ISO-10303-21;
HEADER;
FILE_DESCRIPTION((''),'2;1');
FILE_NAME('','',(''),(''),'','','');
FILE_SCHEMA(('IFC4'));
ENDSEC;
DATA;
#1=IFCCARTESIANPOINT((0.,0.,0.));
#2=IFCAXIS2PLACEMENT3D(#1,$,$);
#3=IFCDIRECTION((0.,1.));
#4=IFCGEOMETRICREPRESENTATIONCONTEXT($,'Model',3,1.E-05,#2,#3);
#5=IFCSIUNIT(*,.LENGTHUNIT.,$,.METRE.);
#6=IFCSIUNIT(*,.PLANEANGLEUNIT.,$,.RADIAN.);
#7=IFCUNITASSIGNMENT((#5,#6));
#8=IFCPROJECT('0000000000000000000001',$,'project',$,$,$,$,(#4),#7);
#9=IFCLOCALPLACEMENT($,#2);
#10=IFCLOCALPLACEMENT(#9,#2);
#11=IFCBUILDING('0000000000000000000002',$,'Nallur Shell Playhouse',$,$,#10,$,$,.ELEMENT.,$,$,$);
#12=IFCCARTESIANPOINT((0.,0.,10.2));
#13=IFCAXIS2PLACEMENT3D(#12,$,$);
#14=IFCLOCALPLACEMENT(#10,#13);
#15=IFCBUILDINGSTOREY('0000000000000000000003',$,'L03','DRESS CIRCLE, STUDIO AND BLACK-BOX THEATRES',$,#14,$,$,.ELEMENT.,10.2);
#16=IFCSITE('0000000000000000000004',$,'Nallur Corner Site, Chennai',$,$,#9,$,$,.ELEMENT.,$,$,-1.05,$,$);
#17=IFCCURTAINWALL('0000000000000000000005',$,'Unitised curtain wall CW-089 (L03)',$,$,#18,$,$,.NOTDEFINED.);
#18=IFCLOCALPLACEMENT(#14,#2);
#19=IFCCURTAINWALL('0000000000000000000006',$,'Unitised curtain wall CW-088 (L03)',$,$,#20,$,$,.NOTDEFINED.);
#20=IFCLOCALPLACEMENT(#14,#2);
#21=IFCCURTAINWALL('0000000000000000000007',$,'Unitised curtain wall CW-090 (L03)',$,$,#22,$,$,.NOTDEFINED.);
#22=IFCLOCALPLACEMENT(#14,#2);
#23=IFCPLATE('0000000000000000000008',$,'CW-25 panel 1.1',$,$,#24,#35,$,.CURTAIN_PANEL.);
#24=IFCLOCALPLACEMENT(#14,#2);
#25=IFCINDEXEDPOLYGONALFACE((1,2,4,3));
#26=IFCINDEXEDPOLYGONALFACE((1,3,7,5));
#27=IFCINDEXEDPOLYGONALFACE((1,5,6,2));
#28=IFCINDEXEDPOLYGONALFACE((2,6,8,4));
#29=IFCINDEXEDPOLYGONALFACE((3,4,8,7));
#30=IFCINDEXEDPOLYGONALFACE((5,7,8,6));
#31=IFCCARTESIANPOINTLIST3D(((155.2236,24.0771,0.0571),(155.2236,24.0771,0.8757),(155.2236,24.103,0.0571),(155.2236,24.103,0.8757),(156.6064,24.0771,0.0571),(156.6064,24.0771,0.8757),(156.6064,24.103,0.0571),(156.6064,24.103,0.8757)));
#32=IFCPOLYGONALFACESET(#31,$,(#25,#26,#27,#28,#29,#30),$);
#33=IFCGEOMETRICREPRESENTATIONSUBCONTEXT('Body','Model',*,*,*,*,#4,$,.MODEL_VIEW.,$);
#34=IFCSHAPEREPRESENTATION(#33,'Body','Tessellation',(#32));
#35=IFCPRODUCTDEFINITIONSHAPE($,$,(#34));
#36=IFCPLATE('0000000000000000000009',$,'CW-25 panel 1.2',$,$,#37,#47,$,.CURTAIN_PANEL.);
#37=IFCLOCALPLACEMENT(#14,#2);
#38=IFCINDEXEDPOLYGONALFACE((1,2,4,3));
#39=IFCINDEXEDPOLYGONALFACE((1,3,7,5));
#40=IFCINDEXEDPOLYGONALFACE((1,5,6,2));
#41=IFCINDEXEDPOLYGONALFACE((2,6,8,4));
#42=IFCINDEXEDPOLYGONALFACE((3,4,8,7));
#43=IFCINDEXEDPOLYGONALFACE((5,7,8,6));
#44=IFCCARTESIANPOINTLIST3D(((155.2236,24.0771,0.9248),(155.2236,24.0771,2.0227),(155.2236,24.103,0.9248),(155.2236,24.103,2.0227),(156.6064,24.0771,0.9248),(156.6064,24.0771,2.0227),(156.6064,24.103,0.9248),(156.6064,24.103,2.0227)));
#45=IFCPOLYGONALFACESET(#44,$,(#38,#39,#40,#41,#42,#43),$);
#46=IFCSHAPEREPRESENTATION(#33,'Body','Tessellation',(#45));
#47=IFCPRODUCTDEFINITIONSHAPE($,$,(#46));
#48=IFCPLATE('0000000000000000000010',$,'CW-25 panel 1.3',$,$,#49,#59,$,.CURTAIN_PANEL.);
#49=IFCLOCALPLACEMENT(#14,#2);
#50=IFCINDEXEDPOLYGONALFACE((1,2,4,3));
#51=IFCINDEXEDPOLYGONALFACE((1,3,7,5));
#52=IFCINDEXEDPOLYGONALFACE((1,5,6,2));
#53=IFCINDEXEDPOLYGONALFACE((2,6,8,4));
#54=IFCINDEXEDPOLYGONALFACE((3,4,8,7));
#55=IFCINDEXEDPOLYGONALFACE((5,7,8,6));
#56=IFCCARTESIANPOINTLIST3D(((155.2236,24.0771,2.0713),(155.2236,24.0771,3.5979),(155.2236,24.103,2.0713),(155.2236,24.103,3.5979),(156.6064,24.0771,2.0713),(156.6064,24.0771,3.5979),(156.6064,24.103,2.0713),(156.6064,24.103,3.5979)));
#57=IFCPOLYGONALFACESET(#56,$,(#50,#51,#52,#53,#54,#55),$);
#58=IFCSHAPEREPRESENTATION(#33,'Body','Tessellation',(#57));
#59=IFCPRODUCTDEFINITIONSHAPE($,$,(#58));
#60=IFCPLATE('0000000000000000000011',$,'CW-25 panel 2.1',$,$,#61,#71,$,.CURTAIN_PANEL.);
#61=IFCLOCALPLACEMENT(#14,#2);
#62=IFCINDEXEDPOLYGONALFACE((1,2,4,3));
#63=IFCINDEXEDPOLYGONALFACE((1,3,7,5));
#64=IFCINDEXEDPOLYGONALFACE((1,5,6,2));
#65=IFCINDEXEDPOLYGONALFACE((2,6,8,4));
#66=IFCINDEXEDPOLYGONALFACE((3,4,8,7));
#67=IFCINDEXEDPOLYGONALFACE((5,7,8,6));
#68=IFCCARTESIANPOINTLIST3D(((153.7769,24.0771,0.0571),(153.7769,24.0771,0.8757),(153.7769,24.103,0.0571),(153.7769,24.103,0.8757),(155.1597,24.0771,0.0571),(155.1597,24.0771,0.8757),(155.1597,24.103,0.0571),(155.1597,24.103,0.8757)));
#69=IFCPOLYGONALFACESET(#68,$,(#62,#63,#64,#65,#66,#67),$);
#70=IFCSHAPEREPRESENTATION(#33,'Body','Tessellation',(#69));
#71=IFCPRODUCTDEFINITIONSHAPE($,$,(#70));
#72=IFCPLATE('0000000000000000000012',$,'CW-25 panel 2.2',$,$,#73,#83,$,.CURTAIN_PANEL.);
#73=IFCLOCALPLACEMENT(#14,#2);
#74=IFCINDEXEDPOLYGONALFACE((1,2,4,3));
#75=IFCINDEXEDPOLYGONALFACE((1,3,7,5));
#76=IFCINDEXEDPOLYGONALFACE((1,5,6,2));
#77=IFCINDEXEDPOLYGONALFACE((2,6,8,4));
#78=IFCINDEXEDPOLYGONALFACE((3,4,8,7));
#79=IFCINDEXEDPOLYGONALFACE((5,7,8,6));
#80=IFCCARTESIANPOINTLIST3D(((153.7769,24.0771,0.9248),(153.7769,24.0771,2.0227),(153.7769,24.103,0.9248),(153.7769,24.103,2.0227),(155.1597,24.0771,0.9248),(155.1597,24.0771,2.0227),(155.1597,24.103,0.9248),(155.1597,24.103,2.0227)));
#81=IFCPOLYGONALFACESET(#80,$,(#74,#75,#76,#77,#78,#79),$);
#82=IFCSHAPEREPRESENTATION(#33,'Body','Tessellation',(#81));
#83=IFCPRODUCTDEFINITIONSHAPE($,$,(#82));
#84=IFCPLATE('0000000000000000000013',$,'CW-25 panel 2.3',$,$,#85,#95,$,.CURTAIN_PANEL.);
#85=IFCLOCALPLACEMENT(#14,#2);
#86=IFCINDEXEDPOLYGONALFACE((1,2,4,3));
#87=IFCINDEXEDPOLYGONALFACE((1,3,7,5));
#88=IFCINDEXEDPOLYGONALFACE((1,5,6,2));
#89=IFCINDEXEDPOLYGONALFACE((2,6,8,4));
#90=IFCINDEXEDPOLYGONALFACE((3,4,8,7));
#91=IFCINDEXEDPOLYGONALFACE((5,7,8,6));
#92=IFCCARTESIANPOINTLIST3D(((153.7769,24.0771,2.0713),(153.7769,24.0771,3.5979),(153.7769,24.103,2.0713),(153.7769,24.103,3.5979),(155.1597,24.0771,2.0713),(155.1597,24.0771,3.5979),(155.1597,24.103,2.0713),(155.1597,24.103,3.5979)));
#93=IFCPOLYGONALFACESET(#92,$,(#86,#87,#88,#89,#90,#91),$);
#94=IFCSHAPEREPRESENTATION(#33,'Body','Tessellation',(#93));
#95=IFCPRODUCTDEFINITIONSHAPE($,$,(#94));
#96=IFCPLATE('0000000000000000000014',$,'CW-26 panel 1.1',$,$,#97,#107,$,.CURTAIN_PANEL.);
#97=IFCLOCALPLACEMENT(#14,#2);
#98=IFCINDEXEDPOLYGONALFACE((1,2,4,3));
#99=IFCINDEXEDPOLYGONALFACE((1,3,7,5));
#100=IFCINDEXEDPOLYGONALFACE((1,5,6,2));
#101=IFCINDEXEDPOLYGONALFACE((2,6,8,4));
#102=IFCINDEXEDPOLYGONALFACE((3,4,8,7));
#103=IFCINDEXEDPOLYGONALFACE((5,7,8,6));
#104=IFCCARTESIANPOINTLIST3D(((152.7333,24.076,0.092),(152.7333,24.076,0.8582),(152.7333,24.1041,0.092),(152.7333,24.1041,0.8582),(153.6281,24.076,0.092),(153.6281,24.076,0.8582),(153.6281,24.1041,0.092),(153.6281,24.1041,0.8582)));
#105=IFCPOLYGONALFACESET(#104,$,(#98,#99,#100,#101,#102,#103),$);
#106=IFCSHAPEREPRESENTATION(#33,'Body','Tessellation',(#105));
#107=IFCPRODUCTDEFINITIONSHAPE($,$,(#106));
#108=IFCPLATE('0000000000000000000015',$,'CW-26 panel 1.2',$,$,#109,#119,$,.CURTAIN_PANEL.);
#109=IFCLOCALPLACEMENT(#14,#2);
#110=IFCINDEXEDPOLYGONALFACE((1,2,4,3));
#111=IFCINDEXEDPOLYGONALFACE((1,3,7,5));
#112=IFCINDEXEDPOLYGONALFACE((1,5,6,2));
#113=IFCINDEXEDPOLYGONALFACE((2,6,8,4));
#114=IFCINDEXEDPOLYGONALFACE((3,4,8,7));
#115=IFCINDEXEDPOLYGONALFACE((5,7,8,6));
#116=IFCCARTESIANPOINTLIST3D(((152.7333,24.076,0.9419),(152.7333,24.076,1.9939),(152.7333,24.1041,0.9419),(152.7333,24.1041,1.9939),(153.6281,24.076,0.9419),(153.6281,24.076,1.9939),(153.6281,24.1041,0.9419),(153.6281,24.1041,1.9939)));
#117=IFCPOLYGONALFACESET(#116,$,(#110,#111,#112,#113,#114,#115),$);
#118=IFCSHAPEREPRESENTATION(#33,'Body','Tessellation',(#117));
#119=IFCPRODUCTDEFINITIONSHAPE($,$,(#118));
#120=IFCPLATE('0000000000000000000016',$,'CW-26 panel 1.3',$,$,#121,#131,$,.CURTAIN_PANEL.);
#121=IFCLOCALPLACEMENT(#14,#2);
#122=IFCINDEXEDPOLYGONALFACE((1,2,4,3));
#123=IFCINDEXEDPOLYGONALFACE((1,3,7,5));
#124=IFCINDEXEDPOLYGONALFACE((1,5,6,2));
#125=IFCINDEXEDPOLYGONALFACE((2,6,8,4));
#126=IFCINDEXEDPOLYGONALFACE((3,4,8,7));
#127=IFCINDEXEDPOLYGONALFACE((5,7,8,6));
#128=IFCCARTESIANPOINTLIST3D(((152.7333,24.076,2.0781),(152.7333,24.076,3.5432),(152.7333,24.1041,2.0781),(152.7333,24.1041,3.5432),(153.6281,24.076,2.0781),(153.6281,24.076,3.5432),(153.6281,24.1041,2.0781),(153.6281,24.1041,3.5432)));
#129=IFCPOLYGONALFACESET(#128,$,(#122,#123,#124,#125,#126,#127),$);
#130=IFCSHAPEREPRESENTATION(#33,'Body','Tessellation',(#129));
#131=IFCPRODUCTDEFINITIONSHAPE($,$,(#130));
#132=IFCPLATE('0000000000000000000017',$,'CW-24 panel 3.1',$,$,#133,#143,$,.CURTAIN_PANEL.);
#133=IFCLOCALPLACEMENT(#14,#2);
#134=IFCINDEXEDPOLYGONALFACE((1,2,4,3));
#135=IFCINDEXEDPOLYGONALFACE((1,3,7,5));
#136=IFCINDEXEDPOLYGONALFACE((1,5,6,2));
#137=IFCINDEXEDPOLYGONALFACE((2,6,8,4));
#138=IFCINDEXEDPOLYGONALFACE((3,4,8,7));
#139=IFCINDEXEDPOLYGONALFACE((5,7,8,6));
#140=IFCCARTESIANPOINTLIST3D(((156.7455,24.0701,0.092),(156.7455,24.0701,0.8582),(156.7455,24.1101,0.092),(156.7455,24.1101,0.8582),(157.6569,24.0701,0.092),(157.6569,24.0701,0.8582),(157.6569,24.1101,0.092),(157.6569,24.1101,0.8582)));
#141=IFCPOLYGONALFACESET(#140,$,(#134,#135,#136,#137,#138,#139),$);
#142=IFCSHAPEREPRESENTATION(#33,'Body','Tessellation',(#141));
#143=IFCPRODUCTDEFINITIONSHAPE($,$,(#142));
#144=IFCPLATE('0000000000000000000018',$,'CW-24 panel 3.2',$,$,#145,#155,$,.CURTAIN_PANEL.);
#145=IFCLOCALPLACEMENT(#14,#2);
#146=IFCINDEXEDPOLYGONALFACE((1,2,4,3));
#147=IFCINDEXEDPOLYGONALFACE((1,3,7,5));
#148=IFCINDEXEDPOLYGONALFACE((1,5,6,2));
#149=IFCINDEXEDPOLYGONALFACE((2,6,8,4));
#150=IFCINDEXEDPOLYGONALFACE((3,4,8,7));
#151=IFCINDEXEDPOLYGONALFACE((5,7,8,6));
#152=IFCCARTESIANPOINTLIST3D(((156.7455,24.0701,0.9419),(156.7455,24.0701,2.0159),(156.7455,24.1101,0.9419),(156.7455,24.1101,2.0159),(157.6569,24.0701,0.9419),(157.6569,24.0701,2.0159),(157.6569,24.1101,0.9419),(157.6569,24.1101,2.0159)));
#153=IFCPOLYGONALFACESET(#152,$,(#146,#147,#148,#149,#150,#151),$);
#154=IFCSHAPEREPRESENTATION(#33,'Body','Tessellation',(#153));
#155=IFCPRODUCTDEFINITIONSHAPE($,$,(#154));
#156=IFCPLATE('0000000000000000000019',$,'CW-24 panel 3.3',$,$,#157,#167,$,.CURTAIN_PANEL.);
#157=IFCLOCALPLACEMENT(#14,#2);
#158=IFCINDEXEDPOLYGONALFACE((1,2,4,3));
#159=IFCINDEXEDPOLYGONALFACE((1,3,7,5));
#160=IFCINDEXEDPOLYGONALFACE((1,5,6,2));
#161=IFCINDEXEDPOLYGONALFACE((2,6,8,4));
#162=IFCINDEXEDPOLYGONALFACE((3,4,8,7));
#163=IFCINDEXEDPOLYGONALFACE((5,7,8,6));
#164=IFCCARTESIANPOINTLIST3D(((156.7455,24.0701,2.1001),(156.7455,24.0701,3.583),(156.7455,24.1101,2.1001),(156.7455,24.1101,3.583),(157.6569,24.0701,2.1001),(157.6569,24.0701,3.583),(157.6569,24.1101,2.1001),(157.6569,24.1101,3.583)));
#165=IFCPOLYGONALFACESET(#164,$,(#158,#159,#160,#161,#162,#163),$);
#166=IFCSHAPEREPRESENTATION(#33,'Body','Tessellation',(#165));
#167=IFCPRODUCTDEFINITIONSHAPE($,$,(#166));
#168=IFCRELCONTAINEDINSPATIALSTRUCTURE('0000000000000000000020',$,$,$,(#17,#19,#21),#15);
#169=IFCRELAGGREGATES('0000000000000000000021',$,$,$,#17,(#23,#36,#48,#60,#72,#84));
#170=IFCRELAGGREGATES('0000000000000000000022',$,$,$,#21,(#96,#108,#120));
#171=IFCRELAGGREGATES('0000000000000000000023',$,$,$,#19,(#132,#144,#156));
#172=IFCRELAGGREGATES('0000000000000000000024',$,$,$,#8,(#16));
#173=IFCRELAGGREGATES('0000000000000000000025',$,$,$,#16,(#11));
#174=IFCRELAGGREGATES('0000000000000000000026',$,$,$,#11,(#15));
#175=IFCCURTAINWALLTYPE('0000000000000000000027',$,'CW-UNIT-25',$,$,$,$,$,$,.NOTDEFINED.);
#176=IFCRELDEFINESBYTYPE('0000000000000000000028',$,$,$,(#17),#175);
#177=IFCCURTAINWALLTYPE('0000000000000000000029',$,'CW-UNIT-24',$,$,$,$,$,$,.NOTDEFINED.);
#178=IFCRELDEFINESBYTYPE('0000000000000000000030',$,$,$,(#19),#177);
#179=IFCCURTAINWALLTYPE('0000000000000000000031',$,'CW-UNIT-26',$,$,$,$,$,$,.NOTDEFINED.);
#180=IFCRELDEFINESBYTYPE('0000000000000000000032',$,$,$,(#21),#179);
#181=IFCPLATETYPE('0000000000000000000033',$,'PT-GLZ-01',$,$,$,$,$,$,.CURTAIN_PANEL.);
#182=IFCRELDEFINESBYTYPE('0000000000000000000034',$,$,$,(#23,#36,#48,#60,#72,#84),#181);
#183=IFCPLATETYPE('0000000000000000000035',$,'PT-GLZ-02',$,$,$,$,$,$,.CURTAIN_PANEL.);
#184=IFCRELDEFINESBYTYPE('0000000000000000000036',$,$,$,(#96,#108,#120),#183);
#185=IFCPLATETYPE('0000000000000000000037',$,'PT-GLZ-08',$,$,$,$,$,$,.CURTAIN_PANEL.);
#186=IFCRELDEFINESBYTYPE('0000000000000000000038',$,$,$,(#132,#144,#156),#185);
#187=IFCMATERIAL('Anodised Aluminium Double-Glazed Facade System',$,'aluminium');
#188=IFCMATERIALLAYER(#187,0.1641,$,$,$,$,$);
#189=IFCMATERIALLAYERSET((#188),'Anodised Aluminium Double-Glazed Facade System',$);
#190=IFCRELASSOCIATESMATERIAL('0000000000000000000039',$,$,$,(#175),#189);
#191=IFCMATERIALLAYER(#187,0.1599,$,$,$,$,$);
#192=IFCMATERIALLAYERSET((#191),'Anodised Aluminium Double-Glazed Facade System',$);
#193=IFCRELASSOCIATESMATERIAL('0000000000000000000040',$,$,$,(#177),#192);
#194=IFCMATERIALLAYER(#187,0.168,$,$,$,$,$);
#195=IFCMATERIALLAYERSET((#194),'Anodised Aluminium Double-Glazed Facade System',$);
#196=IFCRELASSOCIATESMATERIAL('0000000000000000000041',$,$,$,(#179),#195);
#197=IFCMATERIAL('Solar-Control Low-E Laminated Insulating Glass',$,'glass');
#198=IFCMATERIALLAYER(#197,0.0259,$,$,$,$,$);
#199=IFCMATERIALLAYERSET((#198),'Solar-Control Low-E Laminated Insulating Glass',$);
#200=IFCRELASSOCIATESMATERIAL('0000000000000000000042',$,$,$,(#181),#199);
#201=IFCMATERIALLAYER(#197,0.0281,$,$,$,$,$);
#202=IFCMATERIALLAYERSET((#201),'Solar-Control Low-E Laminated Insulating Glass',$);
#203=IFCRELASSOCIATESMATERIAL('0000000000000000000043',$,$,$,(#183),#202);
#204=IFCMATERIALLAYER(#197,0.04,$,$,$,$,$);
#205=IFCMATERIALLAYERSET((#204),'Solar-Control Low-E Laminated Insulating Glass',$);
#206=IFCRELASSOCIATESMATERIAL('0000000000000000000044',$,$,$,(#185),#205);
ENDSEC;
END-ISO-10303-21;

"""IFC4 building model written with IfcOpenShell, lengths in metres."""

from ifc_helpers import new_model, si_unit, direction, frame, origin, origin_2d, place, context, subcontext, project, spatial, rectangle, extrude, material, layer, layer_set, type_object, element, aggregate, save


model = new_model("IFC4")

# Units and contexts
model_context = context("Model", 3, precision=1e-05, world=origin(), true_north=direction((0.0, 1.0)))
body_context = subcontext(model_context, "Body", "Model", "MODEL_VIEW")
ifc_project = project(units=[si_unit("LENGTHUNIT", "METRE"), si_unit("PLANEANGLEUNIT", "RADIAN")], contexts=[model_context])

# Site, building, storey
site_placement = place(None, origin())
site = spatial("IfcSite", under=ifc_project, at=site_placement, Name="Nallur Corner Site, Chennai", CompositionType="ELEMENT", RefElevation=-1.05)
building_placement = place(site_placement, origin())
building = spatial("IfcBuilding", under=site, at=building_placement, Name="Nallur Shell Playhouse", CompositionType="ELEMENT")
storey_placement = place(building_placement, frame((0.0, 0.0, 10.2)))
storey = spatial("IfcBuildingStorey", under=building, at=storey_placement, Name="L03", Description="DRESS CIRCLE, STUDIO AND BLACK-BOX THEATRES", CompositionType="ELEMENT", Elevation=10.2)

# Curtain wall
ifc_material_1 = material(Name="Anodised Aluminium Double-Glazed Facade System", Category="aluminium")
ifc_layer_1 = layer(ifc_material_1, 0.1641)
ifc_layer_set_1 = layer_set([ifc_layer_1], Name="Anodised Aluminium Double-Glazed Facade System")
curtain_wall_type_1 = type_object("IfcCurtainWallType", Name="CW-UNIT-25", PredefinedType="NOTDEFINED", material=ifc_layer_set_1)
curtain_wall_1_placement = place(storey_placement, origin())
curtain_wall_1 = element("IfcCurtainWall", 1, at=curtain_wall_1_placement, inside=storey, type_object=curtain_wall_type_1, Name="Unitised curtain wall CW-089 (L03)", PredefinedType="NOTDEFINED")

# Curtain wall
ifc_layer_2 = layer(ifc_material_1, 0.1599)
ifc_layer_set_2 = layer_set([ifc_layer_2], Name="Anodised Aluminium Double-Glazed Facade System")
curtain_wall_type_2 = type_object("IfcCurtainWallType", Name="CW-UNIT-24", PredefinedType="NOTDEFINED", material=ifc_layer_set_2)
curtain_wall_2_placement = place(storey_placement, origin())
curtain_wall_2 = element("IfcCurtainWall", 2, at=curtain_wall_2_placement, inside=storey, type_object=curtain_wall_type_2, Name="Unitised curtain wall CW-088 (L03)", PredefinedType="NOTDEFINED")

# Curtain wall
ifc_layer_3 = layer(ifc_material_1, 0.168)
ifc_layer_set_3 = layer_set([ifc_layer_3], Name="Anodised Aluminium Double-Glazed Facade System")
curtain_wall_type_3 = type_object("IfcCurtainWallType", Name="CW-UNIT-26", PredefinedType="NOTDEFINED", material=ifc_layer_set_3)
curtain_wall_3_placement = place(storey_placement, origin())
curtain_wall_3 = element("IfcCurtainWall", 3, at=curtain_wall_3_placement, inside=storey, type_object=curtain_wall_type_3, Name="Unitised curtain wall CW-090 (L03)", PredefinedType="NOTDEFINED")

# Plates
ifc_material_2 = material(Name="Solar-Control Low-E Laminated Insulating Glass", Category="glass")
ifc_layer_4 = layer(ifc_material_2, 0.0259)
ifc_layer_set_4 = layer_set([ifc_layer_4], Name="Solar-Control Low-E Laminated Insulating Glass")
plate_type_1 = type_object("IfcPlateType", Name="PT-GLZ-01", PredefinedType="CURTAIN_PANEL", material=ifc_layer_set_4)
plate_1_placement = place(storey_placement, frame((155.915, 24.0901, 0.0571), z_axis=(0.0, 0.0, 1.0), x_axis=(-1.0, 0.0, 0.0)))
plate_1 = element("IfcPlate", 4, at=plate_1_placement, type_object=plate_type_1, Name="CW-25 panel 1.1", PredefinedType="CURTAIN_PANEL", context=body_context, shape_type="SweptSolid", body=[
    extrude(rectangle(XDim=1.3828, YDim=0.0259, at=origin_2d()), origin(), (0.0, 0.0, 1.0), 0.8186),
])
plate_2_placement = place(storey_placement, frame((155.915, 24.0901, 0.9248), z_axis=(0.0, 0.0, 1.0), x_axis=(-1.0, 0.0, 0.0)))
plate_2 = element("IfcPlate", 5, at=plate_2_placement, type_object=plate_type_1, Name="CW-25 panel 1.2", PredefinedType="CURTAIN_PANEL", context=body_context, shape_type="SweptSolid", body=[
    extrude(rectangle(XDim=1.3828, YDim=0.0259, at=origin_2d()), origin(), (0.0, 0.0, 1.0), 1.0979),
])
plate_3_placement = place(storey_placement, frame((155.915, 24.0901, 2.0713), z_axis=(0.0, 0.0, 1.0), x_axis=(-1.0, 0.0, 0.0)))
plate_3 = element("IfcPlate", 6, at=plate_3_placement, type_object=plate_type_1, Name="CW-25 panel 1.3", PredefinedType="CURTAIN_PANEL", context=body_context, shape_type="SweptSolid", body=[
    extrude(rectangle(XDim=1.3828, YDim=0.0259, at=origin_2d()), origin(), (0.0, 0.0, 1.0), 1.5266),
])
plate_4_placement = place(storey_placement, frame((154.4683, 24.0901, 0.0571), z_axis=(0.0, 0.0, 1.0), x_axis=(-1.0, 0.0, 0.0)))
plate_4 = element("IfcPlate", 7, at=plate_4_placement, type_object=plate_type_1, Name="CW-25 panel 2.1", PredefinedType="CURTAIN_PANEL", context=body_context, shape_type="SweptSolid", body=[
    extrude(rectangle(XDim=1.3828, YDim=0.0259, at=origin_2d()), origin(), (0.0, 0.0, 1.0), 0.8186),
])
plate_5_placement = place(storey_placement, frame((154.4683, 24.0901, 0.9248), z_axis=(0.0, 0.0, 1.0), x_axis=(-1.0, 0.0, 0.0)))
plate_5 = element("IfcPlate", 8, at=plate_5_placement, type_object=plate_type_1, Name="CW-25 panel 2.2", PredefinedType="CURTAIN_PANEL", context=body_context, shape_type="SweptSolid", body=[
    extrude(rectangle(XDim=1.3828, YDim=0.0259, at=origin_2d()), origin(), (0.0, 0.0, 1.0), 1.0979),
])
plate_6_placement = place(storey_placement, frame((154.4683, 24.0901, 2.0713), z_axis=(0.0, 0.0, 1.0), x_axis=(-1.0, 0.0, 0.0)))
plate_6 = element("IfcPlate", 9, at=plate_6_placement, type_object=plate_type_1, Name="CW-25 panel 2.3", PredefinedType="CURTAIN_PANEL", context=body_context, shape_type="SweptSolid", body=[
    extrude(rectangle(XDim=1.3828, YDim=0.0259, at=origin_2d()), origin(), (0.0, 0.0, 1.0), 1.5266),
])
aggregate(curtain_wall_1, [plate_1, plate_2, plate_3, plate_4, plate_5, plate_6])
ifc_layer_5 = layer(ifc_material_2, 0.0281)
ifc_layer_set_5 = layer_set([ifc_layer_5], Name="Solar-Control Low-E Laminated Insulating Glass")
plate_type_2 = type_object("IfcPlateType", Name="PT-GLZ-02", PredefinedType="CURTAIN_PANEL", material=ifc_layer_set_5)
plate_7_placement = place(storey_placement, frame((153.1807, 24.0901, 0.092), z_axis=(0.0, 0.0, 1.0), x_axis=(-1.0, 0.0, 0.0)))
plate_7 = element("IfcPlate", 10, at=plate_7_placement, type_object=plate_type_2, Name="CW-26 panel 1.1", PredefinedType="CURTAIN_PANEL", context=body_context, shape_type="SweptSolid", body=[
    extrude(rectangle(XDim=0.8948, YDim=0.0281, at=origin_2d()), origin(), (0.0, 0.0, 1.0), 0.7661),
])
plate_8_placement = place(storey_placement, frame((153.1807, 24.0901, 0.9419), z_axis=(0.0, 0.0, 1.0), x_axis=(-1.0, 0.0, 0.0)))
plate_8 = element("IfcPlate", 11, at=plate_8_placement, type_object=plate_type_2, Name="CW-26 panel 1.2", PredefinedType="CURTAIN_PANEL", context=body_context, shape_type="SweptSolid", body=[
    extrude(rectangle(XDim=0.8948, YDim=0.0281, at=origin_2d()), origin(), (0.0, 0.0, 1.0), 1.052),
])
plate_9_placement = place(storey_placement, frame((153.1807, 24.0901, 2.0781), z_axis=(0.0, 0.0, 1.0), x_axis=(-1.0, 0.0, 0.0)))
plate_9 = element("IfcPlate", 12, at=plate_9_placement, type_object=plate_type_2, Name="CW-26 panel 1.3", PredefinedType="CURTAIN_PANEL", context=body_context, shape_type="SweptSolid", body=[
    extrude(rectangle(XDim=0.8948, YDim=0.0281, at=origin_2d()), origin(), (0.0, 0.0, 1.0), 1.4651),
])
aggregate(curtain_wall_3, [plate_7, plate_8, plate_9])
ifc_layer_6 = layer(ifc_material_2, 0.04)
ifc_layer_set_6 = layer_set([ifc_layer_6], Name="Solar-Control Low-E Laminated Insulating Glass")
plate_type_3 = type_object("IfcPlateType", Name="PT-GLZ-08", PredefinedType="CURTAIN_PANEL", material=ifc_layer_set_6)
plate_10_placement = place(storey_placement, frame((157.2012, 24.0901, 0.092), z_axis=(0.0, 0.0, 1.0), x_axis=(-1.0, 0.0, 0.0)))
plate_10 = element("IfcPlate", 13, at=plate_10_placement, type_object=plate_type_3, Name="CW-24 panel 3.1", PredefinedType="CURTAIN_PANEL", context=body_context, shape_type="SweptSolid", body=[
    extrude(rectangle(XDim=0.9114, YDim=0.04, at=origin_2d()), origin(), (0.0, 0.0, 1.0), 0.7661),
])
plate_11_placement = place(storey_placement, frame((157.2012, 24.0901, 0.9419), z_axis=(0.0, 0.0, 1.0), x_axis=(-1.0, 0.0, 0.0)))
plate_11 = element("IfcPlate", 14, at=plate_11_placement, type_object=plate_type_3, Name="CW-24 panel 3.2", PredefinedType="CURTAIN_PANEL", context=body_context, shape_type="SweptSolid", body=[
    extrude(rectangle(XDim=0.9114, YDim=0.04, at=origin_2d()), origin(), (0.0, 0.0, 1.0), 1.074),
])
plate_12_placement = place(storey_placement, frame((157.2012, 24.0901, 2.1001), z_axis=(0.0, 0.0, 1.0), x_axis=(-1.0, 0.0, 0.0)))
plate_12 = element("IfcPlate", 15, at=plate_12_placement, type_object=plate_type_3, Name="CW-24 panel 3.3", PredefinedType="CURTAIN_PANEL", context=body_context, shape_type="SweptSolid", body=[
    extrude(rectangle(XDim=0.9114, YDim=0.04, at=origin_2d()), origin(), (0.0, 0.0, 1.0), 1.4829),
])
aggregate(curtain_wall_2, [plate_10, plate_11, plate_12])

save(model, "model.ifc")
